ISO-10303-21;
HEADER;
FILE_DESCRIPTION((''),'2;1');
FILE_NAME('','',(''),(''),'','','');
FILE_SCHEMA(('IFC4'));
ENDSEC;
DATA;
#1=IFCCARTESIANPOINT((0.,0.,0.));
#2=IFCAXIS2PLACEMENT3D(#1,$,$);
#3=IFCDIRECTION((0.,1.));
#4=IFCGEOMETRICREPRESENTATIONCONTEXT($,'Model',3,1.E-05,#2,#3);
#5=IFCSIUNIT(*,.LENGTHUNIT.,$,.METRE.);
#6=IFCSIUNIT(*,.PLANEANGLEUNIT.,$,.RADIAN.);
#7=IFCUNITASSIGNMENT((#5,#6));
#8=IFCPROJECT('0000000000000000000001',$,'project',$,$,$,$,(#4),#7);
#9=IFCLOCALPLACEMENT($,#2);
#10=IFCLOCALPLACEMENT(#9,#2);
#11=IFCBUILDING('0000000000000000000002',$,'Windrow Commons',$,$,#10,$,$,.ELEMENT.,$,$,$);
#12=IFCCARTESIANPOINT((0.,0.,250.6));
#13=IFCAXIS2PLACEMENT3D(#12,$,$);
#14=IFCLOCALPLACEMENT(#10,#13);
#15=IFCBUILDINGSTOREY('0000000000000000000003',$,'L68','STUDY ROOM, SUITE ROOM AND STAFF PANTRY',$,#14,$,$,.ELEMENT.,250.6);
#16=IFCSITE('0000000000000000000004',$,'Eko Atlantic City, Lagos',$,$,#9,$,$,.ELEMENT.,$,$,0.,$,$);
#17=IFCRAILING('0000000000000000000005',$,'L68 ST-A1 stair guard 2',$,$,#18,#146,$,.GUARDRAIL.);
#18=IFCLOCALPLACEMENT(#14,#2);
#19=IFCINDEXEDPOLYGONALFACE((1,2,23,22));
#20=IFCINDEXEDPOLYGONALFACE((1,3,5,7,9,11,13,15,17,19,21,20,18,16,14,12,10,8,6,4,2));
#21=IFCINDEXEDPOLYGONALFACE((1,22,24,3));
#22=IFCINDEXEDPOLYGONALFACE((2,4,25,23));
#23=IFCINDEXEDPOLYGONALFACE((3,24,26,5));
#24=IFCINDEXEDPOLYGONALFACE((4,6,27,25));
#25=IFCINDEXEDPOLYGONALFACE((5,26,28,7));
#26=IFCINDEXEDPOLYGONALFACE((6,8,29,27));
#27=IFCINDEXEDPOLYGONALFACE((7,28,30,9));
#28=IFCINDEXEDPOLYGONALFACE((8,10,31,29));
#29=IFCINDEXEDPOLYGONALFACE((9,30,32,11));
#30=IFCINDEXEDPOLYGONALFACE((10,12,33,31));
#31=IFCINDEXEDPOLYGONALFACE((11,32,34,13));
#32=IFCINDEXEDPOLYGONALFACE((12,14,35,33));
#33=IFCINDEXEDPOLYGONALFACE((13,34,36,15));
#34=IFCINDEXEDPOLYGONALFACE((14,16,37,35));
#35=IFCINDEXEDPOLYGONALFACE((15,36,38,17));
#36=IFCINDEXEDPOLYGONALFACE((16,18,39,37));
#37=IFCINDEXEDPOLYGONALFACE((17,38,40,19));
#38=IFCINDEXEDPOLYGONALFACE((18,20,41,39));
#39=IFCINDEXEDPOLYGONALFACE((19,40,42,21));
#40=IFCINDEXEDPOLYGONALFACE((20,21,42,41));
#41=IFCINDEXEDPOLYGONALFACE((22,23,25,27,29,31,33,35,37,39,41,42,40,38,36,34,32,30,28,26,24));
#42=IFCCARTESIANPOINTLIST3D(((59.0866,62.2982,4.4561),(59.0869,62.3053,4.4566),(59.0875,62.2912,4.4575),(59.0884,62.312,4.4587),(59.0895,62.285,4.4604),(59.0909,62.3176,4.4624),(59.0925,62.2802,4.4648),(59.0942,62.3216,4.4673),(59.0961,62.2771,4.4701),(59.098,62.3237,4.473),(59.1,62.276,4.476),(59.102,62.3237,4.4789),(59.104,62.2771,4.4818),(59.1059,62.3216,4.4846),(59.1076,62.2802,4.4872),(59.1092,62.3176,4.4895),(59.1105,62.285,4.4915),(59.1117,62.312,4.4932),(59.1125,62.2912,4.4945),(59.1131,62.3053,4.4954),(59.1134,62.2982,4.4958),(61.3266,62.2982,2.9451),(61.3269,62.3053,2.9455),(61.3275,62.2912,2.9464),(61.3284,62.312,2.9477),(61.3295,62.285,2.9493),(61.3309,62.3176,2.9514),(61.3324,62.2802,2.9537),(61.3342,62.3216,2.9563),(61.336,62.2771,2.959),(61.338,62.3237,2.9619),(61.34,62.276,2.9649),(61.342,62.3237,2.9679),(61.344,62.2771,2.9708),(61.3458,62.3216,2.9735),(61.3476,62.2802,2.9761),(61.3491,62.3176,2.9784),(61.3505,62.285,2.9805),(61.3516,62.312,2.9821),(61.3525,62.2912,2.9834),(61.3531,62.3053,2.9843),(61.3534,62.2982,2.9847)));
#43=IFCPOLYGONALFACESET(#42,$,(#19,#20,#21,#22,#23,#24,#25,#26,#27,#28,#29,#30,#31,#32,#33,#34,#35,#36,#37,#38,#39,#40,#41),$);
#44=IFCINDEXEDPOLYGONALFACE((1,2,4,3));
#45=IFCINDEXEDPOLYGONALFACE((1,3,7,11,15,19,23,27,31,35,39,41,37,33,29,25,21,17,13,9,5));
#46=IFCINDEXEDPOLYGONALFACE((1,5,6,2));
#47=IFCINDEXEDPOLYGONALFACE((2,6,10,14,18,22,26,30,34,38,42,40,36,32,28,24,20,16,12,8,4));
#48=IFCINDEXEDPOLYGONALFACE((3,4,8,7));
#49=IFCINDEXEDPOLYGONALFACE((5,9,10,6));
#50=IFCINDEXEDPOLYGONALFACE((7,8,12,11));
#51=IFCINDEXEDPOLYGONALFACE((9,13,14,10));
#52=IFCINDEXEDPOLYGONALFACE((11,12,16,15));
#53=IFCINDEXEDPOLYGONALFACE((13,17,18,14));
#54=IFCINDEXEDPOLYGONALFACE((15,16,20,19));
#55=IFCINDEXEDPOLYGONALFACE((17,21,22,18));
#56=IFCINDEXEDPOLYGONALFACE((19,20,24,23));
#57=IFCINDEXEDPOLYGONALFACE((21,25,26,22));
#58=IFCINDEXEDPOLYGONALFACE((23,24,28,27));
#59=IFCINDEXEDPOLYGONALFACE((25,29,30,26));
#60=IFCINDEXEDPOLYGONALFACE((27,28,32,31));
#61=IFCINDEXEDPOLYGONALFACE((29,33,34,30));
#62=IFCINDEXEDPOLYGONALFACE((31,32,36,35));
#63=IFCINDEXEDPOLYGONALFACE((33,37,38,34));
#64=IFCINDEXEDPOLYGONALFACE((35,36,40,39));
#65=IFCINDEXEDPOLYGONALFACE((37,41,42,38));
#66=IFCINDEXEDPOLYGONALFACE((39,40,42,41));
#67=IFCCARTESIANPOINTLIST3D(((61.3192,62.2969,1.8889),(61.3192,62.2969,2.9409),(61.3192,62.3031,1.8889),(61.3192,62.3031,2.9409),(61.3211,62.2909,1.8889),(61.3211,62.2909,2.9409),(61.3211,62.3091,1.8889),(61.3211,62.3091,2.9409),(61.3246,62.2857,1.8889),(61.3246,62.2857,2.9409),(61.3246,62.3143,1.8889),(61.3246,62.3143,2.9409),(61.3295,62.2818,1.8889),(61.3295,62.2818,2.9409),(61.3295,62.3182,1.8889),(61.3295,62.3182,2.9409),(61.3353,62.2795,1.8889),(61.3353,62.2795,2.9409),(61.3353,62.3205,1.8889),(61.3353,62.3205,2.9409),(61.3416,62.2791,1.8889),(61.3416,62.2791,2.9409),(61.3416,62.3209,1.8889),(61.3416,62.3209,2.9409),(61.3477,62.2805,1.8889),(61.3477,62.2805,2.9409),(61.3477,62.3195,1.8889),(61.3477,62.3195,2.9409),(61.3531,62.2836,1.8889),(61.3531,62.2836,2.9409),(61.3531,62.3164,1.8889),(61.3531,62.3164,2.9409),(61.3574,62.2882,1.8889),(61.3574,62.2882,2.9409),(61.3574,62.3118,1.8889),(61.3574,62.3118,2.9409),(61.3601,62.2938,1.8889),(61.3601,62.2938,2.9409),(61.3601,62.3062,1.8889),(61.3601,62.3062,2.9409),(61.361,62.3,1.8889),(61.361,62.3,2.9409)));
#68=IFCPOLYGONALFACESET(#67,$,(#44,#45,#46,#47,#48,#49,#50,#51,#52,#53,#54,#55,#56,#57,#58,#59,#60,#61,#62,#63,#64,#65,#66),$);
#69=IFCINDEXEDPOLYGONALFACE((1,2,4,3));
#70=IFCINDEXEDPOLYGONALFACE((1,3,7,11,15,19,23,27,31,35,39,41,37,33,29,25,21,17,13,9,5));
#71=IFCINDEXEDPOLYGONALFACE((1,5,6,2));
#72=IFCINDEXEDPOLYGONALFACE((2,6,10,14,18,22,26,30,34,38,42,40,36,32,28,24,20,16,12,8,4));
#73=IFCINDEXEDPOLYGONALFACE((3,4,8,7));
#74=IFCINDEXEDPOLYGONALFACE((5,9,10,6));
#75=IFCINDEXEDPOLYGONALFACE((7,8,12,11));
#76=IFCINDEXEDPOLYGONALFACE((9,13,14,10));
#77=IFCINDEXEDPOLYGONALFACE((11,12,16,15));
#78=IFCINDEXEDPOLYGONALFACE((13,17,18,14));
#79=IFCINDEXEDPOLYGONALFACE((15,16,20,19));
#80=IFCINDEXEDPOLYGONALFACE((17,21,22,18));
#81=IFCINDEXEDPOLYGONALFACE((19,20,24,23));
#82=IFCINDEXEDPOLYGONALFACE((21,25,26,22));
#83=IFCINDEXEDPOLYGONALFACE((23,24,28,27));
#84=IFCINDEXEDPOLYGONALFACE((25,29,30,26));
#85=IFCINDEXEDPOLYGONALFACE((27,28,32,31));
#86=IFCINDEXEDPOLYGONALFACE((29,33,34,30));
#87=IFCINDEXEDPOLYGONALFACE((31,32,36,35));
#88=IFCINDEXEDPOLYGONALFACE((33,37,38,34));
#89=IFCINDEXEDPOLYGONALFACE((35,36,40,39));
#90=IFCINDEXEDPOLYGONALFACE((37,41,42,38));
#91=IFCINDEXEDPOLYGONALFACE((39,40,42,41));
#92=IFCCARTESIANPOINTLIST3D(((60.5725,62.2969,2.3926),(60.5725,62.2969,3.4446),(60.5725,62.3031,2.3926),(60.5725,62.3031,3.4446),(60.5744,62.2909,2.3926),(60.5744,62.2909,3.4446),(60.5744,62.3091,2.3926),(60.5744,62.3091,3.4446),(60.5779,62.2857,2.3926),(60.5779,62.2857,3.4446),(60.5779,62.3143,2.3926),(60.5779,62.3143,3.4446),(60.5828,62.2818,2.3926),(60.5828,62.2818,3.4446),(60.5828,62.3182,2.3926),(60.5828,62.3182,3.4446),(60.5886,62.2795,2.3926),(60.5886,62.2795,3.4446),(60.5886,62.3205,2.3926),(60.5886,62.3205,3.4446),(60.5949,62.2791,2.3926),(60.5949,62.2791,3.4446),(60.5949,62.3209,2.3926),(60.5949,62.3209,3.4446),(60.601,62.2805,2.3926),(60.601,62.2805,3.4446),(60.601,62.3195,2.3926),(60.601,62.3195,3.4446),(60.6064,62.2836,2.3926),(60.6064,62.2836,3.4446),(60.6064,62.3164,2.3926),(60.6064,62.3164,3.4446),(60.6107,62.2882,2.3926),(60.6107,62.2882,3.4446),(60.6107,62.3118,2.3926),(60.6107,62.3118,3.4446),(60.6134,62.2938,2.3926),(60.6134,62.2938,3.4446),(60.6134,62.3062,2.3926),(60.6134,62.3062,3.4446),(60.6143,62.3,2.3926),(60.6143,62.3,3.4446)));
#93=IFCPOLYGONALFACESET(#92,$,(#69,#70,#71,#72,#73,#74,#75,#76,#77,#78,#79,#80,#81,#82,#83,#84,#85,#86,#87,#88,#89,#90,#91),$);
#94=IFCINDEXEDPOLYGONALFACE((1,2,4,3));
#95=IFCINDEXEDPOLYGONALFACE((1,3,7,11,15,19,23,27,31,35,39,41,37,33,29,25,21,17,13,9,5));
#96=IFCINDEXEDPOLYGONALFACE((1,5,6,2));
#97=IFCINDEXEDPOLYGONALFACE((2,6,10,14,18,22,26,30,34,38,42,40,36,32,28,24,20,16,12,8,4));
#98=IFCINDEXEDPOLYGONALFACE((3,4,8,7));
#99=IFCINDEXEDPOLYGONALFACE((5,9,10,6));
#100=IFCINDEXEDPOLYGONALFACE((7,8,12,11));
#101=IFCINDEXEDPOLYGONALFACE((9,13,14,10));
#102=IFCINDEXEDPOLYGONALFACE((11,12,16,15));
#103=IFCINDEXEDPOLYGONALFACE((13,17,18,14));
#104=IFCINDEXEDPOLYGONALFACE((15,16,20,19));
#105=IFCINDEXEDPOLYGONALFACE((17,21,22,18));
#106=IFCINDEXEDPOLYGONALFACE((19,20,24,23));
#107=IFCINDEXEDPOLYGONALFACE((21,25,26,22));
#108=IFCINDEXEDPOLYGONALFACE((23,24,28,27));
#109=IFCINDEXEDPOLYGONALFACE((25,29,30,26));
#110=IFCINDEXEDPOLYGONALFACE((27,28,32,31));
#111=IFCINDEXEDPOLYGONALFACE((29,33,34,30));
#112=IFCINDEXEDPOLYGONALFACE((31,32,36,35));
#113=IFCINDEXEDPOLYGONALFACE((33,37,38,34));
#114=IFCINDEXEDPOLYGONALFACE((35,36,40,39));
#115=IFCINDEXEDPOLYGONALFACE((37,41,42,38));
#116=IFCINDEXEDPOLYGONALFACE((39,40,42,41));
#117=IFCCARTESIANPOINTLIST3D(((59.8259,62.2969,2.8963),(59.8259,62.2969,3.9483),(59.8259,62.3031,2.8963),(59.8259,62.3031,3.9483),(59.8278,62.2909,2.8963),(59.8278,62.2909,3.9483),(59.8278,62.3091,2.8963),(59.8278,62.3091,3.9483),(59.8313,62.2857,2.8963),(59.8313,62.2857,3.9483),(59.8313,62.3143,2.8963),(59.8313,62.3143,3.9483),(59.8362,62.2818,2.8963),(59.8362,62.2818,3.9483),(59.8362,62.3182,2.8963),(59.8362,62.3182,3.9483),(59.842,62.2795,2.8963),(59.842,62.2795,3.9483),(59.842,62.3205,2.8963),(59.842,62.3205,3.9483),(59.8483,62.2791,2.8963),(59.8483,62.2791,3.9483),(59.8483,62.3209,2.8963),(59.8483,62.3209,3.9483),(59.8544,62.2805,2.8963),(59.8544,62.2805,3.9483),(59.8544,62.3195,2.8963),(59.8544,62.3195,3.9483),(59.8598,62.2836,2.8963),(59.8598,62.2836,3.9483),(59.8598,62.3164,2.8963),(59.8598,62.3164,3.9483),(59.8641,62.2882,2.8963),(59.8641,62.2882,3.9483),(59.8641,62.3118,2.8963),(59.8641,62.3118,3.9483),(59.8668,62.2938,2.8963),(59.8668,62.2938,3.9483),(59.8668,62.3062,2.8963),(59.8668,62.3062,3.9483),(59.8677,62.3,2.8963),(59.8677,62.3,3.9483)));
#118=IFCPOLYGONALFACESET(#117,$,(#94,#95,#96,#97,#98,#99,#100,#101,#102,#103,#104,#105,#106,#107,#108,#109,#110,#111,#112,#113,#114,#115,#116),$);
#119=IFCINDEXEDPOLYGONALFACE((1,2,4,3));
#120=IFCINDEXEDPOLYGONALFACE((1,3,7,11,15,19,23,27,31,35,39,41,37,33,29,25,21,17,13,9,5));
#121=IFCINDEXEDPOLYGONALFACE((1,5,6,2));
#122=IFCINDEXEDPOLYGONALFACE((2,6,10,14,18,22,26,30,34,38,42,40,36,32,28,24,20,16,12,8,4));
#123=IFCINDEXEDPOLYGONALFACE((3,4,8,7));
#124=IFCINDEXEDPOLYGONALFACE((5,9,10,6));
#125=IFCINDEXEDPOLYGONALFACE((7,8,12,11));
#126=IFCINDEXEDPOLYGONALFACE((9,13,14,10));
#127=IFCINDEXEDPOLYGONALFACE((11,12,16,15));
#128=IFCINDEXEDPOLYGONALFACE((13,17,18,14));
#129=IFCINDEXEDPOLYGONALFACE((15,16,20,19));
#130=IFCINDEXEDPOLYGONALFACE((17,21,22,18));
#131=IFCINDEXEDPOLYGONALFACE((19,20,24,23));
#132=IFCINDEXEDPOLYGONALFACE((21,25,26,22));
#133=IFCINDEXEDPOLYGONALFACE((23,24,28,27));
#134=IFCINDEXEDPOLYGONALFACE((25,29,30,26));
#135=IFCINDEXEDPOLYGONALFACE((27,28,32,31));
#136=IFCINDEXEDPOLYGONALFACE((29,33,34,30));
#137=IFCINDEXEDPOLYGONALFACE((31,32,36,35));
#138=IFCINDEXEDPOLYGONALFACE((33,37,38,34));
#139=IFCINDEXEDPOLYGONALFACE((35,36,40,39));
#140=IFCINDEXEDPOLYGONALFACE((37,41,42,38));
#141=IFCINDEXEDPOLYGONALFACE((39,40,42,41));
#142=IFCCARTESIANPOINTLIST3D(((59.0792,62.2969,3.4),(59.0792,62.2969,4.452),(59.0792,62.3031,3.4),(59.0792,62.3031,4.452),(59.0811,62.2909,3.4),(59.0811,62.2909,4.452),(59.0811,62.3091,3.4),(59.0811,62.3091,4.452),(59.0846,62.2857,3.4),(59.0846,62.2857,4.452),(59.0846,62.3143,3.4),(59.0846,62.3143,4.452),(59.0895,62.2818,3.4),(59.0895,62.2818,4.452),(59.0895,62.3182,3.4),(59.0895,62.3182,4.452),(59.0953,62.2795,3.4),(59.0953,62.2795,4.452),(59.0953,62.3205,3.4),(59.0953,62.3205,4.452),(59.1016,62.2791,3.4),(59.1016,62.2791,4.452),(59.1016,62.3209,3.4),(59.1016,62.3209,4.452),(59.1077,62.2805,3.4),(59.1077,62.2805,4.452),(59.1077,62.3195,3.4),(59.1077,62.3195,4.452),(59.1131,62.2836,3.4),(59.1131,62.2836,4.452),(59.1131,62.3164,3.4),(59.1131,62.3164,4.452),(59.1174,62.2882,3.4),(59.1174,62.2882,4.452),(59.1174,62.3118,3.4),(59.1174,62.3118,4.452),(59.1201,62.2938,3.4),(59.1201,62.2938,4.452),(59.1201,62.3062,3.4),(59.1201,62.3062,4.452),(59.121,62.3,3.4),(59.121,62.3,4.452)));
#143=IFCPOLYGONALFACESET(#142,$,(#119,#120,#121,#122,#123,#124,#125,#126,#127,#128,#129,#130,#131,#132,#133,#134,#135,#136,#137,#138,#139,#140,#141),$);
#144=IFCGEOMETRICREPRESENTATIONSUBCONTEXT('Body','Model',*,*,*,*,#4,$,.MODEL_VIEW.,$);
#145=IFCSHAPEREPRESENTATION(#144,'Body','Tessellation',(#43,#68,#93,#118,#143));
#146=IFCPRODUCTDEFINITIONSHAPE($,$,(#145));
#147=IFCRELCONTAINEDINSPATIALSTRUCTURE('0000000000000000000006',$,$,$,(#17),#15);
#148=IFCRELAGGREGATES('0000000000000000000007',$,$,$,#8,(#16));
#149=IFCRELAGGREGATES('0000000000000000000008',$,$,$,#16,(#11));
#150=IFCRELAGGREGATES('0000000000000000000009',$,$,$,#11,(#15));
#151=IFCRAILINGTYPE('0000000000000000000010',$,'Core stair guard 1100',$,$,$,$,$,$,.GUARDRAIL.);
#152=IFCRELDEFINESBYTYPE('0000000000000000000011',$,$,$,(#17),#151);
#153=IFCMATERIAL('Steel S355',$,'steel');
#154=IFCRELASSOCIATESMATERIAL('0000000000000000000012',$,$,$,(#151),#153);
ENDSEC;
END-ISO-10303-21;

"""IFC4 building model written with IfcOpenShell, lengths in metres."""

from ifc_helpers import new_model, si_unit, direction, frame, origin, origin_2d, place, context, subcontext, project, spatial, circle, extrude, material, type_object, element, save


model = new_model("IFC4")

# Units and contexts
model_context = context("Model", 3, precision=1e-05, world=origin(), true_north=direction((0.0, 1.0)))
body_context = subcontext(model_context, "Body", "Model", "MODEL_VIEW")
ifc_project = project(units=[si_unit("LENGTHUNIT", "METRE"), si_unit("PLANEANGLEUNIT", "RADIAN")], contexts=[model_context])

# Site, building, storey
site_placement = place(None, origin())
site = spatial("IfcSite", under=ifc_project, at=site_placement, Name="Eko Atlantic City, Lagos", CompositionType="ELEMENT", RefElevation=0.0)
building_placement = place(site_placement, origin())
building = spatial("IfcBuilding", under=site, at=building_placement, Name="Windrow Commons", CompositionType="ELEMENT")
storey_placement = place(building_placement, frame((0.0, 0.0, 250.6)))
storey = spatial("IfcBuildingStorey", under=building, at=storey_placement, Name="L68", Description="STUDY ROOM, SUITE ROOM AND STAFF PANTRY", CompositionType="ELEMENT", Elevation=250.6)

# Railing
ifc_material_1 = material(Name="Steel S355", Category="steel")
railing_type_1 = type_object("IfcRailingType", Name="Core stair guard 1100", PredefinedType="GUARDRAIL", material=ifc_material_1)
for number, where, name in (
    (1, (61.34, 62.3, 1.8889), "L68 ST-A1 stair guard 2"),
):
    element("IfcRailing", number, at=place(storey_placement, frame(where)), inside=storey, type_object=railing_type_1, Name=name, PredefinedType="GUARDRAIL", context=body_context, shape_type="SweptSolid", body=[
        extrude(circle(Radius=0.024, at=origin_2d()), frame((0.0, 0.0, 1.076), z_axis=(-0.829003, 0.0, 0.559244), x_axis=(0.0, -1.0, 0.0)), (0.0, 0.0, 1.0), 2.702),
        extrude(circle(Radius=0.021, at=origin_2d()), origin(), (0.0, 0.0, 1.0), 1.052),
        extrude(circle(Radius=0.021, at=origin_2d()), frame((-0.7467, 0.0, 0.5037)), (0.0, 0.0, 1.0), 1.052),
        extrude(circle(Radius=0.021, at=origin_2d()), frame((-1.4933, 0.0, 1.0074)), (0.0, 0.0, 1.0), 1.052),
        extrude(circle(Radius=0.021, at=origin_2d()), frame((-2.24, 0.0, 1.5111)), (0.0, 0.0, 1.0), 1.052),
    ])

save(model, "model.ifc")
